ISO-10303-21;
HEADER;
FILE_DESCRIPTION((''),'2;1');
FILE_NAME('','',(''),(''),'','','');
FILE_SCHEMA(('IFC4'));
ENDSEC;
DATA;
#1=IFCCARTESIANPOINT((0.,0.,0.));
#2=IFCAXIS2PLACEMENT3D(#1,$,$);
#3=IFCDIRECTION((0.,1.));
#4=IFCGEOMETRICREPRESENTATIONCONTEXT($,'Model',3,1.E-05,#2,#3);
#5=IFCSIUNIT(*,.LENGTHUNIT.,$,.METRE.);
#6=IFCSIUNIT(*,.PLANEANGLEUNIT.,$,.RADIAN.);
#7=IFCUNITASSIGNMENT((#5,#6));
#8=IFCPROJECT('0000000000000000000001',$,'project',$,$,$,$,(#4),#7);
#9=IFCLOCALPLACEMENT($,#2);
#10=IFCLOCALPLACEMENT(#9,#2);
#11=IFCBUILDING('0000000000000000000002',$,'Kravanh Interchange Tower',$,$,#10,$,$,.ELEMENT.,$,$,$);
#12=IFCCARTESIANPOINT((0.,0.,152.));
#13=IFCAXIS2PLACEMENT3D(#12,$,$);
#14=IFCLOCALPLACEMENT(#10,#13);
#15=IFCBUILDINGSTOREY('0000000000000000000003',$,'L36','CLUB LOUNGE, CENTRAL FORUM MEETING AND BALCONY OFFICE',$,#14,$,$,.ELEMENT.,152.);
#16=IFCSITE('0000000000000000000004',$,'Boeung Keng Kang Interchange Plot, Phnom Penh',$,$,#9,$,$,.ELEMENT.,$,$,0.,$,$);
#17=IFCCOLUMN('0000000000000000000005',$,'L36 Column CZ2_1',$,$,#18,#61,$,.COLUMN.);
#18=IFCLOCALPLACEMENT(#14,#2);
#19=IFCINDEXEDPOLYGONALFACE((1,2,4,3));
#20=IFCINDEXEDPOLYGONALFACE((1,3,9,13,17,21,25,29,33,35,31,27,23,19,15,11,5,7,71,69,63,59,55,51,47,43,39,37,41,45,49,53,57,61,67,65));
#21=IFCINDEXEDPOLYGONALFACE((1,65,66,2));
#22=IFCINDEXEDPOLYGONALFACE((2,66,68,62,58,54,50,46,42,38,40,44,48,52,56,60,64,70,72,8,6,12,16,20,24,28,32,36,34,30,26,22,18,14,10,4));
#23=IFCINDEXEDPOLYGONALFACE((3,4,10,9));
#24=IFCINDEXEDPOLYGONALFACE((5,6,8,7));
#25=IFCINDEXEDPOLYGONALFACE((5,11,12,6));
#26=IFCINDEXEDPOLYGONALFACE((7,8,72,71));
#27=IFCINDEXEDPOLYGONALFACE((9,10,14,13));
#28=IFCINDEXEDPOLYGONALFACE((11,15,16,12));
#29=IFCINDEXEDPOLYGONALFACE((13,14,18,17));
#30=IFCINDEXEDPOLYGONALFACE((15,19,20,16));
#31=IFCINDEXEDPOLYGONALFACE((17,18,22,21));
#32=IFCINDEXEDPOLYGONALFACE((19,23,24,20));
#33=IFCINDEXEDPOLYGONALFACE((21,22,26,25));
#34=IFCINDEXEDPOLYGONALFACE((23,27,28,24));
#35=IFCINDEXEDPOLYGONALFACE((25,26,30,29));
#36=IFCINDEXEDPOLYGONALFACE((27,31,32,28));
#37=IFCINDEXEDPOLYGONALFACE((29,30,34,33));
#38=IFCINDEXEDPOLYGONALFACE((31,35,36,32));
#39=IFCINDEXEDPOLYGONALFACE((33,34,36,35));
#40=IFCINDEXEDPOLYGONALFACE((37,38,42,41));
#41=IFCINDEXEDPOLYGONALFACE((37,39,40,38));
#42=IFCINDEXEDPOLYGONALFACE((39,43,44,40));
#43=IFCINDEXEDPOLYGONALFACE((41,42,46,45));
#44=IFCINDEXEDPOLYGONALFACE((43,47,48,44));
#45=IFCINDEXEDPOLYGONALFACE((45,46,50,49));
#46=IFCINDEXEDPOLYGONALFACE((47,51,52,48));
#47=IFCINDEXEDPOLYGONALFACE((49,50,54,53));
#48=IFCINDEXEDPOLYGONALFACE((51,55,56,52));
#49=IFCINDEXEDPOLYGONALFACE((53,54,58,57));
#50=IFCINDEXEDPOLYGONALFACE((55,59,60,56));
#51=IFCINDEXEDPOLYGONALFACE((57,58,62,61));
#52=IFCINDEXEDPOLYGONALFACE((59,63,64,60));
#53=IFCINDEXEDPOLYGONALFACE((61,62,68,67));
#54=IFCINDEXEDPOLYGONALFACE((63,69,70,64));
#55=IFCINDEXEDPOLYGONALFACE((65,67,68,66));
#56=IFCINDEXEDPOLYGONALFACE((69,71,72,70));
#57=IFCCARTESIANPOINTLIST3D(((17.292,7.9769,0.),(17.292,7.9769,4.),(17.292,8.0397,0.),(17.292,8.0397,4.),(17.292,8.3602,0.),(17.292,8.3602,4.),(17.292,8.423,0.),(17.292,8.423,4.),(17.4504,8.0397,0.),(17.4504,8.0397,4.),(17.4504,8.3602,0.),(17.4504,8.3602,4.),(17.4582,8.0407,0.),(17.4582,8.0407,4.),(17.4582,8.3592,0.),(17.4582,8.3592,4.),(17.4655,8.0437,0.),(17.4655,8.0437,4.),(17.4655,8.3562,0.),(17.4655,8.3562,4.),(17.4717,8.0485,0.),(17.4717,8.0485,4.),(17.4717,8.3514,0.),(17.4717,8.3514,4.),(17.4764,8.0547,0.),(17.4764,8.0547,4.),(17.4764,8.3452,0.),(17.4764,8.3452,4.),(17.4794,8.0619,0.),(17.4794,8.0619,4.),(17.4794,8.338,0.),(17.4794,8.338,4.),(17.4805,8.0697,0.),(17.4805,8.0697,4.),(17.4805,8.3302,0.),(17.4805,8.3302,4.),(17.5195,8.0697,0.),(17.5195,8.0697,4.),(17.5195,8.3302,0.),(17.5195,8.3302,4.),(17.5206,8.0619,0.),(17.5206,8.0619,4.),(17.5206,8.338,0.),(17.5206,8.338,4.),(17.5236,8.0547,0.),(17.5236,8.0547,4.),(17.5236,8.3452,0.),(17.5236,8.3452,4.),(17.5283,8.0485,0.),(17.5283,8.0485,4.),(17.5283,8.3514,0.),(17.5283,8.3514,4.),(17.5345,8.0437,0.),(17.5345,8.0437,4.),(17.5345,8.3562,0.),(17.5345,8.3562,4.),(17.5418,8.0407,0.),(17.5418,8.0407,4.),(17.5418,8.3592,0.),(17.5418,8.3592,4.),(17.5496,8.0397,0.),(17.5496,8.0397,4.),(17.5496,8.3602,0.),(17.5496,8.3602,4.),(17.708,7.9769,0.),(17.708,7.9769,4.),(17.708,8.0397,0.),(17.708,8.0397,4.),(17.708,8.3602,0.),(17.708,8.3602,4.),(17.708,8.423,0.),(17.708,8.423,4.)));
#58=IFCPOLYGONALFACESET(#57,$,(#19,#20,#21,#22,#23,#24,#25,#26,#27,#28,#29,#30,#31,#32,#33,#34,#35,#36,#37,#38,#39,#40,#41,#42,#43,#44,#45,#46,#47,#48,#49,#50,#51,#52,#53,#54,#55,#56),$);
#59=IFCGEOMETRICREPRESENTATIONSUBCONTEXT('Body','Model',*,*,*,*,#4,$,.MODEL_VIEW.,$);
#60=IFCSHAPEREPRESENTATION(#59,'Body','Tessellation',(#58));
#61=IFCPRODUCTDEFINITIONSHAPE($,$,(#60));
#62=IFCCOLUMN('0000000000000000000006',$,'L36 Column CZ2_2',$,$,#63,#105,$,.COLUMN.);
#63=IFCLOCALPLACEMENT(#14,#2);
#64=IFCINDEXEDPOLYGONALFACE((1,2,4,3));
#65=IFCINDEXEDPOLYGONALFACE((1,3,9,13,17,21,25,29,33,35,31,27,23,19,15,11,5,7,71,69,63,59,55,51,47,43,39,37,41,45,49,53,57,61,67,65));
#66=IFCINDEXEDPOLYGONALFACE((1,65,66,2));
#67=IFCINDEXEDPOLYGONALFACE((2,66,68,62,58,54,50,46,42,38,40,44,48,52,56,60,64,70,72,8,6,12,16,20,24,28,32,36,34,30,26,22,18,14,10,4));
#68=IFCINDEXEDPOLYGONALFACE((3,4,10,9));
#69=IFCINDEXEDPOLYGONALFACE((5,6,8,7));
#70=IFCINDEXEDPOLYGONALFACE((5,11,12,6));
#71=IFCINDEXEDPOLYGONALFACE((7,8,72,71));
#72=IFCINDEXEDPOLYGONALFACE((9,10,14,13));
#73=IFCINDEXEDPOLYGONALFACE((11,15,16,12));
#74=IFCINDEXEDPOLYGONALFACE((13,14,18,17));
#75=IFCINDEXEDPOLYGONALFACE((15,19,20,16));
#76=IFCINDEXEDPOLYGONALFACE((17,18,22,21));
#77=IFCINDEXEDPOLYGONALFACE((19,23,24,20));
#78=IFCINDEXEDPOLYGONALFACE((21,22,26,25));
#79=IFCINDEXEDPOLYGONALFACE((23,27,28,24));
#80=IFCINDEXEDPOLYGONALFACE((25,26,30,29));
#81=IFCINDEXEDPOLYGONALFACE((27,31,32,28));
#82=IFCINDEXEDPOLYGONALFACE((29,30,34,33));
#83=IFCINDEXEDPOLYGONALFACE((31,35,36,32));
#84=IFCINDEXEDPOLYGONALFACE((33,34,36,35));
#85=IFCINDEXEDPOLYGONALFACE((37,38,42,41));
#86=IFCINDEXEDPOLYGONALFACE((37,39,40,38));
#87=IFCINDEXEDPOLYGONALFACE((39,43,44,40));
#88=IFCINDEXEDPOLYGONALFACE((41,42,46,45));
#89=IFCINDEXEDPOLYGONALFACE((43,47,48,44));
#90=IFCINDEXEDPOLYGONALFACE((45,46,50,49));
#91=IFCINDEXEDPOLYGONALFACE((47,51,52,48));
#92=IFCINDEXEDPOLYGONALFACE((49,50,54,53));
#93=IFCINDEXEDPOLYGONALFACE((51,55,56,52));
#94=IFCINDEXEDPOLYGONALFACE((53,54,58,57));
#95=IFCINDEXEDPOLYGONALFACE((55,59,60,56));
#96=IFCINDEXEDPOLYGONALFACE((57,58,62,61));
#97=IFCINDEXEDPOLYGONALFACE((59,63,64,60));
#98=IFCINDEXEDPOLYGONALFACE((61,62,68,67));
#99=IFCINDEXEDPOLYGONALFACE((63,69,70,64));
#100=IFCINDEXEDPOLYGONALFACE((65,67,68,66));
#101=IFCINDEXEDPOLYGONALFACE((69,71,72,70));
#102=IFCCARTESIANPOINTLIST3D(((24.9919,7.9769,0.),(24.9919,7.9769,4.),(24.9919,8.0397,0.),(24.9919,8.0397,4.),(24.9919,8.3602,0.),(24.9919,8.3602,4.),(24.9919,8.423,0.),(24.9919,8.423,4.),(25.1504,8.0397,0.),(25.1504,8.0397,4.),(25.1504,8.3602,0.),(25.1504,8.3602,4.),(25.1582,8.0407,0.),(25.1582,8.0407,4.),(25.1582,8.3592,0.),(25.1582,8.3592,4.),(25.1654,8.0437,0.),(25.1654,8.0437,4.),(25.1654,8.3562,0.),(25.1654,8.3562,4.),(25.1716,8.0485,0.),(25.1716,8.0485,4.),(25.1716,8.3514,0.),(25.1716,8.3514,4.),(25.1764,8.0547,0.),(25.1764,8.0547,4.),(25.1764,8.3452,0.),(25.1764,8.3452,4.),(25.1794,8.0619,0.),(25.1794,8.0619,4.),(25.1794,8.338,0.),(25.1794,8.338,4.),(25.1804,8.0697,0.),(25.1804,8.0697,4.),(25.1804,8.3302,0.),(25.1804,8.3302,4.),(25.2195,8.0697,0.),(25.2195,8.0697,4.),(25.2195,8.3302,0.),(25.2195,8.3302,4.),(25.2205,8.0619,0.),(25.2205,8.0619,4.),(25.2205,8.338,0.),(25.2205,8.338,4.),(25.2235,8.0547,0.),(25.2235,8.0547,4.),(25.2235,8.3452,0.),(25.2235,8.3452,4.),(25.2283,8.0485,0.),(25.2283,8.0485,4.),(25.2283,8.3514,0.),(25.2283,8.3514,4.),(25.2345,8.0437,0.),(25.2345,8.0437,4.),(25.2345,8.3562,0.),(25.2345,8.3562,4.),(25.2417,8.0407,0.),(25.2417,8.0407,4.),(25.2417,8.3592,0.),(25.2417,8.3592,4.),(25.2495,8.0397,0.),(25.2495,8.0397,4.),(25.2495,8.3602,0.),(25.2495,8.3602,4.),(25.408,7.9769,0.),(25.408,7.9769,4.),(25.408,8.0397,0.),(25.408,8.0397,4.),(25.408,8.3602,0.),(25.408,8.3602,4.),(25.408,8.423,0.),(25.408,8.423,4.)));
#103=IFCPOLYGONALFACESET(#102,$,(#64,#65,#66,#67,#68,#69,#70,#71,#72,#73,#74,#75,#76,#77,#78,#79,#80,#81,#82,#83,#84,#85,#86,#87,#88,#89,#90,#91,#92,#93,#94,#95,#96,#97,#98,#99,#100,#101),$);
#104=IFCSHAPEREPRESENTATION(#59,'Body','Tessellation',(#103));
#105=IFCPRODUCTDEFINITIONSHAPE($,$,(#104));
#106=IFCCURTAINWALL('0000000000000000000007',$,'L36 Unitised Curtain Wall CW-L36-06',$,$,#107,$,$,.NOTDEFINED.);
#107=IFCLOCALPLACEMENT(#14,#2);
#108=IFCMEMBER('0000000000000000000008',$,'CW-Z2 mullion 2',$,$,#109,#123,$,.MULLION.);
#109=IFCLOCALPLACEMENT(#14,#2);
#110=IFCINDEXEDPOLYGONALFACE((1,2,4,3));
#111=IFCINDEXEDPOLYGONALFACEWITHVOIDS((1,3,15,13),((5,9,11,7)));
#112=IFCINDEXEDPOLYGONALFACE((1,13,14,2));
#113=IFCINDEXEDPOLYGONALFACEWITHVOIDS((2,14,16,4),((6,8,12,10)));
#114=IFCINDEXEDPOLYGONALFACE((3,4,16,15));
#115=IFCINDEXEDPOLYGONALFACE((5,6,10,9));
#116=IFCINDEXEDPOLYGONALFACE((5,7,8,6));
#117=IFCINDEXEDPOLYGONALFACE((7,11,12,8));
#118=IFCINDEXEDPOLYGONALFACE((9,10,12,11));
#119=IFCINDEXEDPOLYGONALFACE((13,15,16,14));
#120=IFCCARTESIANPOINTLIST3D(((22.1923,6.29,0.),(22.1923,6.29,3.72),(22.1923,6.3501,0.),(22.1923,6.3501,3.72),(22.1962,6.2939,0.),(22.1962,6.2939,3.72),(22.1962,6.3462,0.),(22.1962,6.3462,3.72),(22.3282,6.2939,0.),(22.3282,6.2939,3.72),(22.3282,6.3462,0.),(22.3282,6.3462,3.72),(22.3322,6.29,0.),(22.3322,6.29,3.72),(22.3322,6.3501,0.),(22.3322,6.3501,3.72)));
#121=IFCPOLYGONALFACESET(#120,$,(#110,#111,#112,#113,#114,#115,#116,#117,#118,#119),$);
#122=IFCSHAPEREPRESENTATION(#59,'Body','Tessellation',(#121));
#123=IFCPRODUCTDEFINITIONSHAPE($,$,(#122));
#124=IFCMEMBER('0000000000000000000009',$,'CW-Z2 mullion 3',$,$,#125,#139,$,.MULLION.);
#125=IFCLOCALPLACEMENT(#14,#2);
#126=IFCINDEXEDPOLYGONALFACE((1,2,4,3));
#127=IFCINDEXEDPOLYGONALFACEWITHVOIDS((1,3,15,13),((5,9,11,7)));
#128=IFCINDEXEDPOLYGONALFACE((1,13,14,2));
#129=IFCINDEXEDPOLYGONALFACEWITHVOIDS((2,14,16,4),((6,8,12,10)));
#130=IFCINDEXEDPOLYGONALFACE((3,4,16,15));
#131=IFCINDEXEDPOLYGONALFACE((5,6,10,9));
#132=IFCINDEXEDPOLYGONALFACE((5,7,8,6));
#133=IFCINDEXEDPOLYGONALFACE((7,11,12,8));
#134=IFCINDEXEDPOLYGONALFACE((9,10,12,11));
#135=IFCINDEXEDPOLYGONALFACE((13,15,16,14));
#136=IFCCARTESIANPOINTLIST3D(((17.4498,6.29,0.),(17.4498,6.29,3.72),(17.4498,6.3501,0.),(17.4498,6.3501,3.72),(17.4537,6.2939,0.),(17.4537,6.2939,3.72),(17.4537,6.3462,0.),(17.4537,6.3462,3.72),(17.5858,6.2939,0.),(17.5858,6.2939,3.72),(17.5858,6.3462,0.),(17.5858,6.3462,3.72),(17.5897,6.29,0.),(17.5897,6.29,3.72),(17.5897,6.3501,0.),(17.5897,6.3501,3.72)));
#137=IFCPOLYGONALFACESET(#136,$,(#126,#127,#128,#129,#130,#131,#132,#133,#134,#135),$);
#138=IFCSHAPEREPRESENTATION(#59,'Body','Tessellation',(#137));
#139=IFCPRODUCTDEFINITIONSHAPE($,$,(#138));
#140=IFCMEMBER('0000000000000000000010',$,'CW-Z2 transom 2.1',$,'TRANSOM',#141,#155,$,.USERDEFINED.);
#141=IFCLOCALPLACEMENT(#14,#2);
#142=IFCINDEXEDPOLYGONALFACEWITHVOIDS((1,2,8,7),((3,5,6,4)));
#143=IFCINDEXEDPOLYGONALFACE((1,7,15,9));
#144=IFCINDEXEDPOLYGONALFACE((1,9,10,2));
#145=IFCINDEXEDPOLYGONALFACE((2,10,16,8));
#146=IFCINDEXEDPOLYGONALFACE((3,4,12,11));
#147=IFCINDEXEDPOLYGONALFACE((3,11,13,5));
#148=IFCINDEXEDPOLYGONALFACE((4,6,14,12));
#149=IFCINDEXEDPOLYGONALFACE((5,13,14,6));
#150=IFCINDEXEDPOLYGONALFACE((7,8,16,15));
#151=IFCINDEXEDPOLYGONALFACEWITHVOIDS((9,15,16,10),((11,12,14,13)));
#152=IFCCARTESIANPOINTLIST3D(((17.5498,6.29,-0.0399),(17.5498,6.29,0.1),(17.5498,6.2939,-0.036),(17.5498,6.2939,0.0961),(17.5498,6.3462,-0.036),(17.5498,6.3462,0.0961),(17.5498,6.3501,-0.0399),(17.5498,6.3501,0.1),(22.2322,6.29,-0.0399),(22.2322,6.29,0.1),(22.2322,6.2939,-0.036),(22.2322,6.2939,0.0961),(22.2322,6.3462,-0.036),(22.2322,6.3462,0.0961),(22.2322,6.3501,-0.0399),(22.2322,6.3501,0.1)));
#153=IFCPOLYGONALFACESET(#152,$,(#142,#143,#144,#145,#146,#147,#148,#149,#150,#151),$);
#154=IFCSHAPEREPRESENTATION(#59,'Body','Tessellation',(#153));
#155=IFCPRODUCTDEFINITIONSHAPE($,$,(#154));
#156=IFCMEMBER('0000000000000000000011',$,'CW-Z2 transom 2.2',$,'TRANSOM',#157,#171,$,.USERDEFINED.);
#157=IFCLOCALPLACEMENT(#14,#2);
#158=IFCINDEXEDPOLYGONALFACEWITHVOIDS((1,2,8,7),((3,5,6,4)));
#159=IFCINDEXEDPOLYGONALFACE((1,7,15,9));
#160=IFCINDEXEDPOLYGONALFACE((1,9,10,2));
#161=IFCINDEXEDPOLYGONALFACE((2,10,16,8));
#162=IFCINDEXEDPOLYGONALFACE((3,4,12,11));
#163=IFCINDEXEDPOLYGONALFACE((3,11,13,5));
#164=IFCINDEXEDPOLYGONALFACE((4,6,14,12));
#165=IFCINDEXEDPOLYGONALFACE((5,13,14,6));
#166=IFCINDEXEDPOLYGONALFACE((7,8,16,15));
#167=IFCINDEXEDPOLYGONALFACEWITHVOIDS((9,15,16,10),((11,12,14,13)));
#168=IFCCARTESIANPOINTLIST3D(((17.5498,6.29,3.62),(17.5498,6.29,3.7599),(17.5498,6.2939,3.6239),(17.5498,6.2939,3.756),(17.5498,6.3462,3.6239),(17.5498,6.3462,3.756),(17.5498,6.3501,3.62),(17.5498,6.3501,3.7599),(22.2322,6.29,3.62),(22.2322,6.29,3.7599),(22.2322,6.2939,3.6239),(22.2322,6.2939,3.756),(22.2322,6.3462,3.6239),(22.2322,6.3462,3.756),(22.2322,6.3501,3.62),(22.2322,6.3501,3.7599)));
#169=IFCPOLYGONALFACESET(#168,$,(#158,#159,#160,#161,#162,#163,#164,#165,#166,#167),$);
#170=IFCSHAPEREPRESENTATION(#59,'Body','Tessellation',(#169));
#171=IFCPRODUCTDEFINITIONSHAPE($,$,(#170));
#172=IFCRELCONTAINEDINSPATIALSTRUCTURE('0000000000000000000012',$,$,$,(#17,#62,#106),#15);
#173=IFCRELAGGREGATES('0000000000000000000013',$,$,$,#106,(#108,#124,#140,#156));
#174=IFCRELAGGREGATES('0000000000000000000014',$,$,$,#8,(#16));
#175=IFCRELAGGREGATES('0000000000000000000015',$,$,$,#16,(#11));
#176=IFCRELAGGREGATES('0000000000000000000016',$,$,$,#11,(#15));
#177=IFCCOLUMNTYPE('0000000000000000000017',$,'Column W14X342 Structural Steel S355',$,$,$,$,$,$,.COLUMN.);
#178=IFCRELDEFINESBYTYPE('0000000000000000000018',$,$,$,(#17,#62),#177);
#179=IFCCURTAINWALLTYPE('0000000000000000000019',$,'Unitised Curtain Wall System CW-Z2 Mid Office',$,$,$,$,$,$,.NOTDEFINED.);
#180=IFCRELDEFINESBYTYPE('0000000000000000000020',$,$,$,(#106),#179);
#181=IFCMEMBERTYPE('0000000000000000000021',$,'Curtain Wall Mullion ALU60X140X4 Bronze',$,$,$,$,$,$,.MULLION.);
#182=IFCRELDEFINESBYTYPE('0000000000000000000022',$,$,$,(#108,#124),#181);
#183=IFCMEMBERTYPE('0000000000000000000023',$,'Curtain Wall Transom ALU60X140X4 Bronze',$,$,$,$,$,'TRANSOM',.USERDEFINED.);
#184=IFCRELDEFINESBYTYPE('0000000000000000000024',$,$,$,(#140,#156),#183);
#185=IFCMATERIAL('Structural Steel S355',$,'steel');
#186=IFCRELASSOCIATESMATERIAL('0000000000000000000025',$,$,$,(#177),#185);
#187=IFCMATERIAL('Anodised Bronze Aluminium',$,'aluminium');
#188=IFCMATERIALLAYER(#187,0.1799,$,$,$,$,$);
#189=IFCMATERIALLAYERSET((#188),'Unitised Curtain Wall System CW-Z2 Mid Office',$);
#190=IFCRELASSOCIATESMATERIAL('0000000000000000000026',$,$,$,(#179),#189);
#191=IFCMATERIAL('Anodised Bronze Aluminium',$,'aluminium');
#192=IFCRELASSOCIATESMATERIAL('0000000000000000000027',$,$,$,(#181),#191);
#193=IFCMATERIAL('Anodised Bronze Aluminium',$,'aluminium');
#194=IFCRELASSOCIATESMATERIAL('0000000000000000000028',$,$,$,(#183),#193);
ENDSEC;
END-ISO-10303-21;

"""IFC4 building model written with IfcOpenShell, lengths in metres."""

from ifc_helpers import new_model, si_unit, direction, frame, origin, origin_2d, place, context, subcontext, project, spatial, hollow_rectangle, i_section, extrude, material, layer, layer_set, material_profile, profile_set, type_object, element, aggregate, save


model = new_model("IFC4")

# Units and contexts
model_context = context("Model", 3, precision=1e-05, world=origin(), true_north=direction((0.0, 1.0)))
body_context = subcontext(model_context, "Body", "Model", "MODEL_VIEW")
ifc_project = project(units=[si_unit("LENGTHUNIT", "METRE"), si_unit("PLANEANGLEUNIT", "RADIAN")], contexts=[model_context])

# Site, building, storey
site_placement = place(None, origin())
site = spatial("IfcSite", under=ifc_project, at=site_placement, Name="Boeung Keng Kang Interchange Plot, Phnom Penh", CompositionType="ELEMENT", RefElevation=0.0)
building_placement = place(site_placement, origin())
building = spatial("IfcBuilding", under=site, at=building_placement, Name="Kravanh Interchange Tower", CompositionType="ELEMENT")
storey_placement = place(building_placement, frame((0.0, 0.0, 152.0)))
storey = spatial("IfcBuildingStorey", under=building, at=storey_placement, Name="L36", Description="CLUB LOUNGE, CENTRAL FORUM MEETING AND BALCONY OFFICE", CompositionType="ELEMENT", Elevation=152.0)

# Columns
ifc_material_1 = material(Name="Structural Steel S355", Category="steel")
ifc_material_profile_1 = material_profile(ifc_material_1, i_section(OverallWidth=0.416, OverallDepth=0.446, WebThickness=0.0391, FlangeThickness=0.0627, FilletRadius=0.03, at=origin_2d()), Name="W14X342")
ifc_profile_set_1 = profile_set([ifc_material_profile_1], Name="Structural Steel S355")
column_type = type_object("IfcColumnType", Name="Column W14X342 Structural Steel S355", PredefinedType="COLUMN", material=ifc_profile_set_1)
for number, where, z_axis, x_axis, name in (
    (1, (17.5, 8.2, 0.0), (0.0, 0.0, 1.0), (1.0, 0.0, 0.0), "L36 Column CZ2_1"),
    (2, (25.2, 8.2, 0.0), (0.0, 0.0, 1.0), (1.0, 0.0, 0.0), "L36 Column CZ2_2"),
):
    element("IfcColumn", number, at=place(storey_placement, frame(where, z_axis=z_axis, x_axis=x_axis)), inside=storey, type_object=column_type, Name=name, PredefinedType="COLUMN", context=body_context, shape_type="SweptSolid", body=[
        extrude(i_section(OverallWidth=0.416, OverallDepth=0.446, WebThickness=0.0391, FlangeThickness=0.0627, FilletRadius=0.03, at=origin_2d()), origin(), (0.0, 0.0, 1.0), 4.0),
    ])

# Curtain wall, members
ifc_material_2 = material(Name="Anodised Bronze Aluminium", Category="aluminium")
ifc_layer_1 = layer(ifc_material_2, 0.1799)
ifc_layer_set_1 = layer_set([ifc_layer_1], Name="Unitised Curtain Wall System CW-Z2 Mid Office")
curtain_wall_type = type_object("IfcCurtainWallType", Name="Unitised Curtain Wall System CW-Z2 Mid Office", PredefinedType="NOTDEFINED", material=ifc_layer_set_1)
curtain_wall_placement = place(storey_placement, origin())
curtain_wall = element("IfcCurtainWall", 3, at=curtain_wall_placement, inside=storey, type_object=curtain_wall_type, Name="L36 Unitised Curtain Wall CW-L36-06", PredefinedType="NOTDEFINED")
ifc_material_3 = material(Name="Anodised Bronze Aluminium", Category="aluminium")
ifc_material_profile_2 = material_profile(ifc_material_3, hollow_rectangle(XDim=0.0601, YDim=0.1399, WallThickness=0.0039, at=origin_2d()), Name="ALU60X140X4")
ifc_profile_set_2 = profile_set([ifc_material_profile_2], Name="Anodised Bronze Aluminium")
member_type_1 = type_object("IfcMemberType", Name="Curtain Wall Mullion ALU60X140X4 Bronze", PredefinedType="MULLION", material=ifc_profile_set_2)
member_1_placement = place(storey_placement, frame((22.2622, 6.3201, 0.0), z_axis=(0.0, 0.0, 1.0), x_axis=(0.0, -1.0, 0.0)))
member_1 = element("IfcMember", 4, at=member_1_placement, type_object=member_type_1, Name="CW-Z2 mullion 2", PredefinedType="MULLION", context=body_context, shape_type="SweptSolid", body=[
    extrude(hollow_rectangle(XDim=0.0601, YDim=0.1399, WallThickness=0.0039, at=origin_2d()), origin(), (0.0, 0.0, 1.0), 3.72),
])
member_2_placement = place(storey_placement, frame((17.5198, 6.3201, 0.0), z_axis=(0.0, 0.0, 1.0), x_axis=(0.0, -1.0, 0.0)))
member_2 = element("IfcMember", 5, at=member_2_placement, type_object=member_type_1, Name="CW-Z2 mullion 3", PredefinedType="MULLION", context=body_context, shape_type="SweptSolid", body=[
    extrude(hollow_rectangle(XDim=0.0601, YDim=0.1399, WallThickness=0.0039, at=origin_2d()), origin(), (0.0, 0.0, 1.0), 3.72),
])
ifc_material_4 = material(Name="Anodised Bronze Aluminium", Category="aluminium")
ifc_material_profile_3 = material_profile(ifc_material_4, hollow_rectangle(XDim=0.0601, YDim=0.1399, WallThickness=0.0039, at=origin_2d()), Name="ALU60X140X4")
ifc_profile_set_3 = profile_set([ifc_material_profile_3], Name="Anodised Bronze Aluminium")
member_type_2 = type_object("IfcMemberType", Name="Curtain Wall Transom ALU60X140X4 Bronze", ElementType="TRANSOM", PredefinedType="USERDEFINED", material=ifc_profile_set_3)
member_3_placement = place(storey_placement, frame((22.2322, 6.3201, 0.03), z_axis=(-1.0, 0.0, 0.0), x_axis=(0.0, -1.0, 0.0)))
member_3 = element("IfcMember", 6, at=member_3_placement, type_object=member_type_2, Name="CW-Z2 transom 2.1", ObjectType="TRANSOM", PredefinedType="USERDEFINED", context=body_context, shape_type="SweptSolid", body=[
    extrude(hollow_rectangle(XDim=0.0601, YDim=0.1399, WallThickness=0.0039, at=origin_2d()), origin(), (0.0, 0.0, 1.0), 4.6824),
])
member_4_placement = place(storey_placement, frame((22.2322, 6.3201, 3.6899), z_axis=(-1.0, 0.0, 0.0), x_axis=(0.0, -1.0, 0.0)))
member_4 = element("IfcMember", 7, at=member_4_placement, type_object=member_type_2, Name="CW-Z2 transom 2.2", ObjectType="TRANSOM", PredefinedType="USERDEFINED", context=body_context, shape_type="SweptSolid", body=[
    extrude(hollow_rectangle(XDim=0.0601, YDim=0.1399, WallThickness=0.0039, at=origin_2d()), origin(), (0.0, 0.0, 1.0), 4.6824),
])

aggregate(curtain_wall, [member_1, member_2, member_3, member_4])

save(model, "model.ifc")
